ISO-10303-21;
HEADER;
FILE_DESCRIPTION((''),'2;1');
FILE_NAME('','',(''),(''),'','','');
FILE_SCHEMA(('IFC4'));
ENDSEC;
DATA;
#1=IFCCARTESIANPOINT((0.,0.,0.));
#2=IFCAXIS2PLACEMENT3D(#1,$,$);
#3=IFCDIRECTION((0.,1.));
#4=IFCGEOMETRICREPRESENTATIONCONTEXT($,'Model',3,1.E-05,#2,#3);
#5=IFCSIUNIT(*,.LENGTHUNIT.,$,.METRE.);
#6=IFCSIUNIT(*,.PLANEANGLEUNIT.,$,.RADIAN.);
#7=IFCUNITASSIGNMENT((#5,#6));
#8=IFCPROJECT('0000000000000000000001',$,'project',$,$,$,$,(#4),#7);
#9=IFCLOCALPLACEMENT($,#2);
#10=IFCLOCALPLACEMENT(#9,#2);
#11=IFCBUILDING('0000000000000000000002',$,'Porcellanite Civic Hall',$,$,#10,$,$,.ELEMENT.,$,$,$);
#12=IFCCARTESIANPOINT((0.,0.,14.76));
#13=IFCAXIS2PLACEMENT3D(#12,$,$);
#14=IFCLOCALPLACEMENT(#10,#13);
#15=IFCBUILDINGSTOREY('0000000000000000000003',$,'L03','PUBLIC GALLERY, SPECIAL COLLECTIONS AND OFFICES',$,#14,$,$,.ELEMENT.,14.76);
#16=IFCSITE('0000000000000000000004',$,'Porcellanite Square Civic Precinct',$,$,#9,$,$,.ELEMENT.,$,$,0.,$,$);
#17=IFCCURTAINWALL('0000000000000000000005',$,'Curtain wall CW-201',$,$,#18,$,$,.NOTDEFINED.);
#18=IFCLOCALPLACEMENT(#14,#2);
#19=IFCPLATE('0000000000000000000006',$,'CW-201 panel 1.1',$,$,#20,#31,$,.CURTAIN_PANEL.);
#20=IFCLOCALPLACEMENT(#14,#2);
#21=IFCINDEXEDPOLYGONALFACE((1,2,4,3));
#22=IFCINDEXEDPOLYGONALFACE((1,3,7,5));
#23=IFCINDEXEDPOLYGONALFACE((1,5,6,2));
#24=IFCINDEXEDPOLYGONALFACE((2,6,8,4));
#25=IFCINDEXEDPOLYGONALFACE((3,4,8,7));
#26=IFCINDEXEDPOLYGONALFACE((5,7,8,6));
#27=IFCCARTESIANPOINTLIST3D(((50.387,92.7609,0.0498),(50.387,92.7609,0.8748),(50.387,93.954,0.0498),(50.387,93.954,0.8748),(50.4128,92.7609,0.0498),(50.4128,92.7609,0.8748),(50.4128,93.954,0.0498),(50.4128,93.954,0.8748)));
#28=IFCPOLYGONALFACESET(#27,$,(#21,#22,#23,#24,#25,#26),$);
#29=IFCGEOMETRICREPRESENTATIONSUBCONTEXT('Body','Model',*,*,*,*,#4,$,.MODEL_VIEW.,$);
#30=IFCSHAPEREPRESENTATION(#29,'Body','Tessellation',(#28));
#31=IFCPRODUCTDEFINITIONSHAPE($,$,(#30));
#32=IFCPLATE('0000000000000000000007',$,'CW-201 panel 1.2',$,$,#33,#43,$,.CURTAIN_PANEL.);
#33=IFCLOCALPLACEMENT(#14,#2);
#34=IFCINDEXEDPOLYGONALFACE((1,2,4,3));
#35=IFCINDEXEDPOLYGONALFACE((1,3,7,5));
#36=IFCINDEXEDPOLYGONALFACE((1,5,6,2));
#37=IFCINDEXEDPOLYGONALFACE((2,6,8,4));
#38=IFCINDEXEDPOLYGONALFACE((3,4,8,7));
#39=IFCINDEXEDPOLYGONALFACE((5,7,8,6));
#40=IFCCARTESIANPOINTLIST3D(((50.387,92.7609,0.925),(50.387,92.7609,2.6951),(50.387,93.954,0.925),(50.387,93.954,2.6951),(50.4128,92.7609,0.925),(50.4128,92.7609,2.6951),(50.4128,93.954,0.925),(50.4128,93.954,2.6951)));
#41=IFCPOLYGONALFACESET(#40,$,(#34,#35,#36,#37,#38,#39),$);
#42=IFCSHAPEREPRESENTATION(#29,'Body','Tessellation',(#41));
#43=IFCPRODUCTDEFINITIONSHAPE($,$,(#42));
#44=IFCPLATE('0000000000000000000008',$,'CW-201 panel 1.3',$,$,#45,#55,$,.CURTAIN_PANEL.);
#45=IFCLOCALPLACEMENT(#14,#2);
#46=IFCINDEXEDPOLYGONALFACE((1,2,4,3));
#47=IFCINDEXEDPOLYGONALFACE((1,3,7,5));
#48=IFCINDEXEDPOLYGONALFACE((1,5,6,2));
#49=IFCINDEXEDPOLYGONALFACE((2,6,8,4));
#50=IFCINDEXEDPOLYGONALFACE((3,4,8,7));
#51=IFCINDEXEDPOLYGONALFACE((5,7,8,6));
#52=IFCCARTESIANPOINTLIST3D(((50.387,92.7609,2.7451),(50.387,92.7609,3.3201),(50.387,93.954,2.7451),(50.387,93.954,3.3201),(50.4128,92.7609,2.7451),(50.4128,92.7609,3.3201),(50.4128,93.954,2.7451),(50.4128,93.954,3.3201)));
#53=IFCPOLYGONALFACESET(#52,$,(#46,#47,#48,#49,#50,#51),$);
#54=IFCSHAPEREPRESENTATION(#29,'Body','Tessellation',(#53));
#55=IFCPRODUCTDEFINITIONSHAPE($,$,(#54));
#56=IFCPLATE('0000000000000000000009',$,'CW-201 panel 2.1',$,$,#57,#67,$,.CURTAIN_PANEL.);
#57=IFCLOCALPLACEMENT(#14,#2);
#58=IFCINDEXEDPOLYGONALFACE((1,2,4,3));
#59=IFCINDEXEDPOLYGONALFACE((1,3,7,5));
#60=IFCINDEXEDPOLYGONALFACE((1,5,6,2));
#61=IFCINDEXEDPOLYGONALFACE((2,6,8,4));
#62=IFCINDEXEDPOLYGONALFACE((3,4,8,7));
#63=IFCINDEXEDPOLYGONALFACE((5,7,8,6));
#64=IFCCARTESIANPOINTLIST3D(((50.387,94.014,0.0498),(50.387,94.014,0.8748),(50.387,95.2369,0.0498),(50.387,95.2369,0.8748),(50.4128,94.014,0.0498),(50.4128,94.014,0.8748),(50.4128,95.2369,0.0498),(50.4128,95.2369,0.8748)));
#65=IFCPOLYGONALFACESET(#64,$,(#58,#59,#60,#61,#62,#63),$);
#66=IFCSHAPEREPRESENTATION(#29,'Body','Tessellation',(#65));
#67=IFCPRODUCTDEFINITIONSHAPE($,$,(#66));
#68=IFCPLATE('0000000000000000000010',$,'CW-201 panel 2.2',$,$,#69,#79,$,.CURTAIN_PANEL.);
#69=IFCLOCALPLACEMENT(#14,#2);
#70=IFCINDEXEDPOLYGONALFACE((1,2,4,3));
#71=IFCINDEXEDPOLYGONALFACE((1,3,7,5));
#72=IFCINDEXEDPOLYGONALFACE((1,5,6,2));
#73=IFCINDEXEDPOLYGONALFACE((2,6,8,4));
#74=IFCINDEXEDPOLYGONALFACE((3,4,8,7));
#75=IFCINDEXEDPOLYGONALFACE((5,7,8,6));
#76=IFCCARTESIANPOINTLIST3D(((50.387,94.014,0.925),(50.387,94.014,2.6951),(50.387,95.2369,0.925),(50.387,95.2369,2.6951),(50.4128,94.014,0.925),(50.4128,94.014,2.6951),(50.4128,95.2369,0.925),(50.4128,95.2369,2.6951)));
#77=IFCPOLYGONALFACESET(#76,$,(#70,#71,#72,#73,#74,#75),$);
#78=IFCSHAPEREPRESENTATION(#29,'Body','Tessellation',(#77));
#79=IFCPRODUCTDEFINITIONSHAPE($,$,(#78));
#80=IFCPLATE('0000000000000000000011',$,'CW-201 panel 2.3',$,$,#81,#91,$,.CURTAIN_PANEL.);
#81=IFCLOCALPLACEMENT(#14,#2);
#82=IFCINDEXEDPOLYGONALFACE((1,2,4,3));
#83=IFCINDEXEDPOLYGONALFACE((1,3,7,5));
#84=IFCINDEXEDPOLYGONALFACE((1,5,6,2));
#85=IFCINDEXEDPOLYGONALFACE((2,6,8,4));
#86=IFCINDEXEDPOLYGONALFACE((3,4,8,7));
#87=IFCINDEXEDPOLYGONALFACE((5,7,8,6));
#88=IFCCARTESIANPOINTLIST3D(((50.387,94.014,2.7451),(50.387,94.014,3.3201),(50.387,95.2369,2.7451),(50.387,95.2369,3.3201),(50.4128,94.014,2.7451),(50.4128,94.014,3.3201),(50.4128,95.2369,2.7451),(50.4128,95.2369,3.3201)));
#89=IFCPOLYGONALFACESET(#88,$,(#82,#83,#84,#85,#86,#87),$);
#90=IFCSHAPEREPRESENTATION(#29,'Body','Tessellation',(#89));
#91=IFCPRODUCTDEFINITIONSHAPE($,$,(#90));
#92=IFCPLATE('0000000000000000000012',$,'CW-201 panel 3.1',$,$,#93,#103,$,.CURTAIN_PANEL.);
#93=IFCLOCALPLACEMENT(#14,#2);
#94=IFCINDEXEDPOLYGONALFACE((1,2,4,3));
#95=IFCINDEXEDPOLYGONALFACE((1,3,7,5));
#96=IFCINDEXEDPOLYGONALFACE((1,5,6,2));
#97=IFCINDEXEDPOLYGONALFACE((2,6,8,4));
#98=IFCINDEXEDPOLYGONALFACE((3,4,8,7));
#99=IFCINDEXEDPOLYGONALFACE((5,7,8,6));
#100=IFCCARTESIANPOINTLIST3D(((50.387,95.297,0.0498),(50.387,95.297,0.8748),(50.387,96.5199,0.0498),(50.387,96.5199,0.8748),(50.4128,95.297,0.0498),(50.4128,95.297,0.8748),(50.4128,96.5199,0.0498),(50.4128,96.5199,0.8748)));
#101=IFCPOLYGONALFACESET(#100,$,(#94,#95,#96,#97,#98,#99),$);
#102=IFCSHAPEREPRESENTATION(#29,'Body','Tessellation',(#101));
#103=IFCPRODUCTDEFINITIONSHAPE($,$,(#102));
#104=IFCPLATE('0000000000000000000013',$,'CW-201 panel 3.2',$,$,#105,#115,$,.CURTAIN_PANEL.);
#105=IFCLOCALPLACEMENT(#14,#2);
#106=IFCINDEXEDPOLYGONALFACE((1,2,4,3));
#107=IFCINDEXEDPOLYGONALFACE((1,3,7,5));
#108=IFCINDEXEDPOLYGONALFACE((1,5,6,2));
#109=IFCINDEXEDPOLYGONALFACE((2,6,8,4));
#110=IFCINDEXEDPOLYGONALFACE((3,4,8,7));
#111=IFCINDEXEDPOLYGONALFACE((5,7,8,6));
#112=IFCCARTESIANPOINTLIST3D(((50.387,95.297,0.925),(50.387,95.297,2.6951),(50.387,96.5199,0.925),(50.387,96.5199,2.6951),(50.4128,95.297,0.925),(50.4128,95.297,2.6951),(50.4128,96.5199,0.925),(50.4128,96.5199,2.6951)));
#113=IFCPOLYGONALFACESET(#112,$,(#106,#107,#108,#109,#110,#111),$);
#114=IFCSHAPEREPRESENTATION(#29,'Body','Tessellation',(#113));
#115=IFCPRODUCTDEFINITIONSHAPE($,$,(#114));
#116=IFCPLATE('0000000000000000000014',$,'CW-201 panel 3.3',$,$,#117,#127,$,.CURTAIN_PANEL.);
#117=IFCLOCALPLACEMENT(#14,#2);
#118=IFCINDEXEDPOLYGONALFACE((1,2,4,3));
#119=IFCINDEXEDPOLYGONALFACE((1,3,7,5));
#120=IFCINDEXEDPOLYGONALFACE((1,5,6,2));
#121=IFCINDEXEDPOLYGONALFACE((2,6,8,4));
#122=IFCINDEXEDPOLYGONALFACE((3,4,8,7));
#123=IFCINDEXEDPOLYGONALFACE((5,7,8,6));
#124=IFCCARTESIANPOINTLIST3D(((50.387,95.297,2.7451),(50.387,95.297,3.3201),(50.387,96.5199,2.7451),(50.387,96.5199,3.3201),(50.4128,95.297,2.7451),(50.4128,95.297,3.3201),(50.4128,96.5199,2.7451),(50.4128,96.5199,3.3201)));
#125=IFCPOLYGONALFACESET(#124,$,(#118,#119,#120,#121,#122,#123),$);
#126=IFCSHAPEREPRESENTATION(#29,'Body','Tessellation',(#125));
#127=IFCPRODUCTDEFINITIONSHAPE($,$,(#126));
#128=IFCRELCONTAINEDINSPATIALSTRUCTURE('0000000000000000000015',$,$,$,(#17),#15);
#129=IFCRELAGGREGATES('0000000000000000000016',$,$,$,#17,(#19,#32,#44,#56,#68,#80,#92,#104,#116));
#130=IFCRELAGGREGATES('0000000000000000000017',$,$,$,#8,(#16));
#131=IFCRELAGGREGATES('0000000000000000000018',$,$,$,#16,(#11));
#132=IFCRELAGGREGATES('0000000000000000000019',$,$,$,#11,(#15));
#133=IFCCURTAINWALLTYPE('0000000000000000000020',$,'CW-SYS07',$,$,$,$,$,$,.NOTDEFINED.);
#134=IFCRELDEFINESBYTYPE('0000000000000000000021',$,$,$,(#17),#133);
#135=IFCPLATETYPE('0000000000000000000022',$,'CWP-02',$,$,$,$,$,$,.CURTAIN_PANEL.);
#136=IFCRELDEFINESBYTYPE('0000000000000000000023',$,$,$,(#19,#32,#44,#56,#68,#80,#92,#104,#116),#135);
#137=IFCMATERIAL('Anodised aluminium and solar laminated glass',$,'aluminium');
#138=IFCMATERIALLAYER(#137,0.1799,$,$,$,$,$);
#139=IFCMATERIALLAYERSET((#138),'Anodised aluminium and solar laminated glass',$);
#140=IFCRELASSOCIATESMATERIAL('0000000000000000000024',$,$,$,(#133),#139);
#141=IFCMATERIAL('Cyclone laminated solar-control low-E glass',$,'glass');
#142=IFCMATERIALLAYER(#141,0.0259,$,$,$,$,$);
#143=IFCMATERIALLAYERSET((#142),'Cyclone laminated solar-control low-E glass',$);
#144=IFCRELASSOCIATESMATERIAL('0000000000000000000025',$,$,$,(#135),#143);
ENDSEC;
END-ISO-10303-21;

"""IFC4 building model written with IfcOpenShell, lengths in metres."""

from ifc_helpers import new_model, si_unit, direction, frame, origin, origin_2d, place, context, subcontext, project, spatial, rectangle, extrude, material, layer, layer_set, type_object, element, aggregate, save


model = new_model("IFC4")

# Units and contexts
model_context = context("Model", 3, precision=1e-05, world=origin(), true_north=direction((0.0, 1.0)))
body_context = subcontext(model_context, "Body", "Model", "MODEL_VIEW")
ifc_project = project(units=[si_unit("LENGTHUNIT", "METRE"), si_unit("PLANEANGLEUNIT", "RADIAN")], contexts=[model_context])

# Site, building, storey
site_placement = place(None, origin())
site = spatial("IfcSite", under=ifc_project, at=site_placement, Name="Porcellanite Square Civic Precinct", CompositionType="ELEMENT", RefElevation=0.0)
building_placement = place(site_placement, origin())
building = spatial("IfcBuilding", under=site, at=building_placement, Name="Porcellanite Civic Hall", CompositionType="ELEMENT")
storey_placement = place(building_placement, frame((0.0, 0.0, 14.76)))
storey = spatial("IfcBuildingStorey", under=building, at=storey_placement, Name="L03", Description="PUBLIC GALLERY, SPECIAL COLLECTIONS AND OFFICES", CompositionType="ELEMENT", Elevation=14.76)

# Curtain wall, plates
ifc_material_1 = material(Name="Anodised aluminium and solar laminated glass", Category="aluminium")
ifc_layer_1 = layer(ifc_material_1, 0.1799)
ifc_layer_set_1 = layer_set([ifc_layer_1], Name="Anodised aluminium and solar laminated glass")
curtain_wall_type = type_object("IfcCurtainWallType", Name="CW-SYS07", PredefinedType="NOTDEFINED", material=ifc_layer_set_1)
curtain_wall_placement = place(storey_placement, origin())
curtain_wall = element("IfcCurtainWall", 1, at=curtain_wall_placement, inside=storey, type_object=curtain_wall_type, Name="Curtain wall CW-201", PredefinedType="NOTDEFINED")
ifc_material_2 = material(Name="Cyclone laminated solar-control low-E glass", Category="glass")
ifc_layer_2 = layer(ifc_material_2, 0.0259)
ifc_layer_set_2 = layer_set([ifc_layer_2], Name="Cyclone laminated solar-control low-E glass")
plate_type = type_object("IfcPlateType", Name="CWP-02", PredefinedType="CURTAIN_PANEL", material=ifc_layer_set_2)
plate_1_placement = place(storey_placement, frame((50.3999, 93.3574, 0.0498), z_axis=(0.0, 0.0, 1.0), x_axis=(0.0, 1.0, 0.0)))
plate_1 = element("IfcPlate", 2, at=plate_1_placement, type_object=plate_type, Name="CW-201 panel 1.1", PredefinedType="CURTAIN_PANEL", context=body_context, shape_type="SweptSolid", body=[
    extrude(rectangle(XDim=1.1931, YDim=0.0259, at=origin_2d()), origin(), (0.0, 0.0, 1.0), 0.825),
])
plate_2_placement = place(storey_placement, frame((50.3999, 93.3574, 0.925), z_axis=(0.0, 0.0, 1.0), x_axis=(0.0, 1.0, 0.0)))
plate_2 = element("IfcPlate", 3, at=plate_2_placement, type_object=plate_type, Name="CW-201 panel 1.2", PredefinedType="CURTAIN_PANEL", context=body_context, shape_type="SweptSolid", body=[
    extrude(rectangle(XDim=1.1931, YDim=0.0259, at=origin_2d()), origin(), (0.0, 0.0, 1.0), 1.77),
])
plate_3_placement = place(storey_placement, frame((50.3999, 93.3574, 2.7451), z_axis=(0.0, 0.0, 1.0), x_axis=(0.0, 1.0, 0.0)))
plate_3 = element("IfcPlate", 4, at=plate_3_placement, type_object=plate_type, Name="CW-201 panel 1.3", PredefinedType="CURTAIN_PANEL", context=body_context, shape_type="SweptSolid", body=[
    extrude(rectangle(XDim=1.1931, YDim=0.0259, at=origin_2d()), origin(), (0.0, 0.0, 1.0), 0.575),
])
plate_4_placement = place(storey_placement, frame((50.3999, 94.6255, 0.0498), z_axis=(0.0, 0.0, 1.0), x_axis=(0.0, 1.0, 0.0)))
plate_4 = element("IfcPlate", 5, at=plate_4_placement, type_object=plate_type, Name="CW-201 panel 2.1", PredefinedType="CURTAIN_PANEL", context=body_context, shape_type="SweptSolid", body=[
    extrude(rectangle(XDim=1.2229, YDim=0.0259, at=origin_2d()), origin(), (0.0, 0.0, 1.0), 0.825),
])
plate_5_placement = place(storey_placement, frame((50.3999, 94.6255, 0.925), z_axis=(0.0, 0.0, 1.0), x_axis=(0.0, 1.0, 0.0)))
plate_5 = element("IfcPlate", 6, at=plate_5_placement, type_object=plate_type, Name="CW-201 panel 2.2", PredefinedType="CURTAIN_PANEL", context=body_context, shape_type="SweptSolid", body=[
    extrude(rectangle(XDim=1.2229, YDim=0.0259, at=origin_2d()), origin(), (0.0, 0.0, 1.0), 1.77),
])
plate_6_placement = place(storey_placement, frame((50.3999, 94.6255, 2.7451), z_axis=(0.0, 0.0, 1.0), x_axis=(0.0, 1.0, 0.0)))
plate_6 = element("IfcPlate", 7, at=plate_6_placement, type_object=plate_type, Name="CW-201 panel 2.3", PredefinedType="CURTAIN_PANEL", context=body_context, shape_type="SweptSolid", body=[
    extrude(rectangle(XDim=1.2229, YDim=0.0259, at=origin_2d()), origin(), (0.0, 0.0, 1.0), 0.575),
])
plate_7_placement = place(storey_placement, frame((50.3999, 95.9084, 0.0498), z_axis=(0.0, 0.0, 1.0), x_axis=(0.0, 1.0, 0.0)))
plate_7 = element("IfcPlate", 8, at=plate_7_placement, type_object=plate_type, Name="CW-201 panel 3.1", PredefinedType="CURTAIN_PANEL", context=body_context, shape_type="SweptSolid", body=[
    extrude(rectangle(XDim=1.2229, YDim=0.0259, at=origin_2d()), origin(), (0.0, 0.0, 1.0), 0.825),
])
plate_8_placement = place(storey_placement, frame((50.3999, 95.9084, 0.925), z_axis=(0.0, 0.0, 1.0), x_axis=(0.0, 1.0, 0.0)))
plate_8 = element("IfcPlate", 9, at=plate_8_placement, type_object=plate_type, Name="CW-201 panel 3.2", PredefinedType="CURTAIN_PANEL", context=body_context, shape_type="SweptSolid", body=[
    extrude(rectangle(XDim=1.2229, YDim=0.0259, at=origin_2d()), origin(), (0.0, 0.0, 1.0), 1.77),
])
plate_9_placement = place(storey_placement, frame((50.3999, 95.9084, 2.7451), z_axis=(0.0, 0.0, 1.0), x_axis=(0.0, 1.0, 0.0)))
plate_9 = element("IfcPlate", 10, at=plate_9_placement, type_object=plate_type, Name="CW-201 panel 3.3", PredefinedType="CURTAIN_PANEL", context=body_context, shape_type="SweptSolid", body=[
    extrude(rectangle(XDim=1.2229, YDim=0.0259, at=origin_2d()), origin(), (0.0, 0.0, 1.0), 0.575),
])
aggregate(curtain_wall, [plate_1, plate_2, plate_3, plate_4, plate_5, plate_6, plate_7, plate_8, plate_9])

save(model, "model.ifc")
